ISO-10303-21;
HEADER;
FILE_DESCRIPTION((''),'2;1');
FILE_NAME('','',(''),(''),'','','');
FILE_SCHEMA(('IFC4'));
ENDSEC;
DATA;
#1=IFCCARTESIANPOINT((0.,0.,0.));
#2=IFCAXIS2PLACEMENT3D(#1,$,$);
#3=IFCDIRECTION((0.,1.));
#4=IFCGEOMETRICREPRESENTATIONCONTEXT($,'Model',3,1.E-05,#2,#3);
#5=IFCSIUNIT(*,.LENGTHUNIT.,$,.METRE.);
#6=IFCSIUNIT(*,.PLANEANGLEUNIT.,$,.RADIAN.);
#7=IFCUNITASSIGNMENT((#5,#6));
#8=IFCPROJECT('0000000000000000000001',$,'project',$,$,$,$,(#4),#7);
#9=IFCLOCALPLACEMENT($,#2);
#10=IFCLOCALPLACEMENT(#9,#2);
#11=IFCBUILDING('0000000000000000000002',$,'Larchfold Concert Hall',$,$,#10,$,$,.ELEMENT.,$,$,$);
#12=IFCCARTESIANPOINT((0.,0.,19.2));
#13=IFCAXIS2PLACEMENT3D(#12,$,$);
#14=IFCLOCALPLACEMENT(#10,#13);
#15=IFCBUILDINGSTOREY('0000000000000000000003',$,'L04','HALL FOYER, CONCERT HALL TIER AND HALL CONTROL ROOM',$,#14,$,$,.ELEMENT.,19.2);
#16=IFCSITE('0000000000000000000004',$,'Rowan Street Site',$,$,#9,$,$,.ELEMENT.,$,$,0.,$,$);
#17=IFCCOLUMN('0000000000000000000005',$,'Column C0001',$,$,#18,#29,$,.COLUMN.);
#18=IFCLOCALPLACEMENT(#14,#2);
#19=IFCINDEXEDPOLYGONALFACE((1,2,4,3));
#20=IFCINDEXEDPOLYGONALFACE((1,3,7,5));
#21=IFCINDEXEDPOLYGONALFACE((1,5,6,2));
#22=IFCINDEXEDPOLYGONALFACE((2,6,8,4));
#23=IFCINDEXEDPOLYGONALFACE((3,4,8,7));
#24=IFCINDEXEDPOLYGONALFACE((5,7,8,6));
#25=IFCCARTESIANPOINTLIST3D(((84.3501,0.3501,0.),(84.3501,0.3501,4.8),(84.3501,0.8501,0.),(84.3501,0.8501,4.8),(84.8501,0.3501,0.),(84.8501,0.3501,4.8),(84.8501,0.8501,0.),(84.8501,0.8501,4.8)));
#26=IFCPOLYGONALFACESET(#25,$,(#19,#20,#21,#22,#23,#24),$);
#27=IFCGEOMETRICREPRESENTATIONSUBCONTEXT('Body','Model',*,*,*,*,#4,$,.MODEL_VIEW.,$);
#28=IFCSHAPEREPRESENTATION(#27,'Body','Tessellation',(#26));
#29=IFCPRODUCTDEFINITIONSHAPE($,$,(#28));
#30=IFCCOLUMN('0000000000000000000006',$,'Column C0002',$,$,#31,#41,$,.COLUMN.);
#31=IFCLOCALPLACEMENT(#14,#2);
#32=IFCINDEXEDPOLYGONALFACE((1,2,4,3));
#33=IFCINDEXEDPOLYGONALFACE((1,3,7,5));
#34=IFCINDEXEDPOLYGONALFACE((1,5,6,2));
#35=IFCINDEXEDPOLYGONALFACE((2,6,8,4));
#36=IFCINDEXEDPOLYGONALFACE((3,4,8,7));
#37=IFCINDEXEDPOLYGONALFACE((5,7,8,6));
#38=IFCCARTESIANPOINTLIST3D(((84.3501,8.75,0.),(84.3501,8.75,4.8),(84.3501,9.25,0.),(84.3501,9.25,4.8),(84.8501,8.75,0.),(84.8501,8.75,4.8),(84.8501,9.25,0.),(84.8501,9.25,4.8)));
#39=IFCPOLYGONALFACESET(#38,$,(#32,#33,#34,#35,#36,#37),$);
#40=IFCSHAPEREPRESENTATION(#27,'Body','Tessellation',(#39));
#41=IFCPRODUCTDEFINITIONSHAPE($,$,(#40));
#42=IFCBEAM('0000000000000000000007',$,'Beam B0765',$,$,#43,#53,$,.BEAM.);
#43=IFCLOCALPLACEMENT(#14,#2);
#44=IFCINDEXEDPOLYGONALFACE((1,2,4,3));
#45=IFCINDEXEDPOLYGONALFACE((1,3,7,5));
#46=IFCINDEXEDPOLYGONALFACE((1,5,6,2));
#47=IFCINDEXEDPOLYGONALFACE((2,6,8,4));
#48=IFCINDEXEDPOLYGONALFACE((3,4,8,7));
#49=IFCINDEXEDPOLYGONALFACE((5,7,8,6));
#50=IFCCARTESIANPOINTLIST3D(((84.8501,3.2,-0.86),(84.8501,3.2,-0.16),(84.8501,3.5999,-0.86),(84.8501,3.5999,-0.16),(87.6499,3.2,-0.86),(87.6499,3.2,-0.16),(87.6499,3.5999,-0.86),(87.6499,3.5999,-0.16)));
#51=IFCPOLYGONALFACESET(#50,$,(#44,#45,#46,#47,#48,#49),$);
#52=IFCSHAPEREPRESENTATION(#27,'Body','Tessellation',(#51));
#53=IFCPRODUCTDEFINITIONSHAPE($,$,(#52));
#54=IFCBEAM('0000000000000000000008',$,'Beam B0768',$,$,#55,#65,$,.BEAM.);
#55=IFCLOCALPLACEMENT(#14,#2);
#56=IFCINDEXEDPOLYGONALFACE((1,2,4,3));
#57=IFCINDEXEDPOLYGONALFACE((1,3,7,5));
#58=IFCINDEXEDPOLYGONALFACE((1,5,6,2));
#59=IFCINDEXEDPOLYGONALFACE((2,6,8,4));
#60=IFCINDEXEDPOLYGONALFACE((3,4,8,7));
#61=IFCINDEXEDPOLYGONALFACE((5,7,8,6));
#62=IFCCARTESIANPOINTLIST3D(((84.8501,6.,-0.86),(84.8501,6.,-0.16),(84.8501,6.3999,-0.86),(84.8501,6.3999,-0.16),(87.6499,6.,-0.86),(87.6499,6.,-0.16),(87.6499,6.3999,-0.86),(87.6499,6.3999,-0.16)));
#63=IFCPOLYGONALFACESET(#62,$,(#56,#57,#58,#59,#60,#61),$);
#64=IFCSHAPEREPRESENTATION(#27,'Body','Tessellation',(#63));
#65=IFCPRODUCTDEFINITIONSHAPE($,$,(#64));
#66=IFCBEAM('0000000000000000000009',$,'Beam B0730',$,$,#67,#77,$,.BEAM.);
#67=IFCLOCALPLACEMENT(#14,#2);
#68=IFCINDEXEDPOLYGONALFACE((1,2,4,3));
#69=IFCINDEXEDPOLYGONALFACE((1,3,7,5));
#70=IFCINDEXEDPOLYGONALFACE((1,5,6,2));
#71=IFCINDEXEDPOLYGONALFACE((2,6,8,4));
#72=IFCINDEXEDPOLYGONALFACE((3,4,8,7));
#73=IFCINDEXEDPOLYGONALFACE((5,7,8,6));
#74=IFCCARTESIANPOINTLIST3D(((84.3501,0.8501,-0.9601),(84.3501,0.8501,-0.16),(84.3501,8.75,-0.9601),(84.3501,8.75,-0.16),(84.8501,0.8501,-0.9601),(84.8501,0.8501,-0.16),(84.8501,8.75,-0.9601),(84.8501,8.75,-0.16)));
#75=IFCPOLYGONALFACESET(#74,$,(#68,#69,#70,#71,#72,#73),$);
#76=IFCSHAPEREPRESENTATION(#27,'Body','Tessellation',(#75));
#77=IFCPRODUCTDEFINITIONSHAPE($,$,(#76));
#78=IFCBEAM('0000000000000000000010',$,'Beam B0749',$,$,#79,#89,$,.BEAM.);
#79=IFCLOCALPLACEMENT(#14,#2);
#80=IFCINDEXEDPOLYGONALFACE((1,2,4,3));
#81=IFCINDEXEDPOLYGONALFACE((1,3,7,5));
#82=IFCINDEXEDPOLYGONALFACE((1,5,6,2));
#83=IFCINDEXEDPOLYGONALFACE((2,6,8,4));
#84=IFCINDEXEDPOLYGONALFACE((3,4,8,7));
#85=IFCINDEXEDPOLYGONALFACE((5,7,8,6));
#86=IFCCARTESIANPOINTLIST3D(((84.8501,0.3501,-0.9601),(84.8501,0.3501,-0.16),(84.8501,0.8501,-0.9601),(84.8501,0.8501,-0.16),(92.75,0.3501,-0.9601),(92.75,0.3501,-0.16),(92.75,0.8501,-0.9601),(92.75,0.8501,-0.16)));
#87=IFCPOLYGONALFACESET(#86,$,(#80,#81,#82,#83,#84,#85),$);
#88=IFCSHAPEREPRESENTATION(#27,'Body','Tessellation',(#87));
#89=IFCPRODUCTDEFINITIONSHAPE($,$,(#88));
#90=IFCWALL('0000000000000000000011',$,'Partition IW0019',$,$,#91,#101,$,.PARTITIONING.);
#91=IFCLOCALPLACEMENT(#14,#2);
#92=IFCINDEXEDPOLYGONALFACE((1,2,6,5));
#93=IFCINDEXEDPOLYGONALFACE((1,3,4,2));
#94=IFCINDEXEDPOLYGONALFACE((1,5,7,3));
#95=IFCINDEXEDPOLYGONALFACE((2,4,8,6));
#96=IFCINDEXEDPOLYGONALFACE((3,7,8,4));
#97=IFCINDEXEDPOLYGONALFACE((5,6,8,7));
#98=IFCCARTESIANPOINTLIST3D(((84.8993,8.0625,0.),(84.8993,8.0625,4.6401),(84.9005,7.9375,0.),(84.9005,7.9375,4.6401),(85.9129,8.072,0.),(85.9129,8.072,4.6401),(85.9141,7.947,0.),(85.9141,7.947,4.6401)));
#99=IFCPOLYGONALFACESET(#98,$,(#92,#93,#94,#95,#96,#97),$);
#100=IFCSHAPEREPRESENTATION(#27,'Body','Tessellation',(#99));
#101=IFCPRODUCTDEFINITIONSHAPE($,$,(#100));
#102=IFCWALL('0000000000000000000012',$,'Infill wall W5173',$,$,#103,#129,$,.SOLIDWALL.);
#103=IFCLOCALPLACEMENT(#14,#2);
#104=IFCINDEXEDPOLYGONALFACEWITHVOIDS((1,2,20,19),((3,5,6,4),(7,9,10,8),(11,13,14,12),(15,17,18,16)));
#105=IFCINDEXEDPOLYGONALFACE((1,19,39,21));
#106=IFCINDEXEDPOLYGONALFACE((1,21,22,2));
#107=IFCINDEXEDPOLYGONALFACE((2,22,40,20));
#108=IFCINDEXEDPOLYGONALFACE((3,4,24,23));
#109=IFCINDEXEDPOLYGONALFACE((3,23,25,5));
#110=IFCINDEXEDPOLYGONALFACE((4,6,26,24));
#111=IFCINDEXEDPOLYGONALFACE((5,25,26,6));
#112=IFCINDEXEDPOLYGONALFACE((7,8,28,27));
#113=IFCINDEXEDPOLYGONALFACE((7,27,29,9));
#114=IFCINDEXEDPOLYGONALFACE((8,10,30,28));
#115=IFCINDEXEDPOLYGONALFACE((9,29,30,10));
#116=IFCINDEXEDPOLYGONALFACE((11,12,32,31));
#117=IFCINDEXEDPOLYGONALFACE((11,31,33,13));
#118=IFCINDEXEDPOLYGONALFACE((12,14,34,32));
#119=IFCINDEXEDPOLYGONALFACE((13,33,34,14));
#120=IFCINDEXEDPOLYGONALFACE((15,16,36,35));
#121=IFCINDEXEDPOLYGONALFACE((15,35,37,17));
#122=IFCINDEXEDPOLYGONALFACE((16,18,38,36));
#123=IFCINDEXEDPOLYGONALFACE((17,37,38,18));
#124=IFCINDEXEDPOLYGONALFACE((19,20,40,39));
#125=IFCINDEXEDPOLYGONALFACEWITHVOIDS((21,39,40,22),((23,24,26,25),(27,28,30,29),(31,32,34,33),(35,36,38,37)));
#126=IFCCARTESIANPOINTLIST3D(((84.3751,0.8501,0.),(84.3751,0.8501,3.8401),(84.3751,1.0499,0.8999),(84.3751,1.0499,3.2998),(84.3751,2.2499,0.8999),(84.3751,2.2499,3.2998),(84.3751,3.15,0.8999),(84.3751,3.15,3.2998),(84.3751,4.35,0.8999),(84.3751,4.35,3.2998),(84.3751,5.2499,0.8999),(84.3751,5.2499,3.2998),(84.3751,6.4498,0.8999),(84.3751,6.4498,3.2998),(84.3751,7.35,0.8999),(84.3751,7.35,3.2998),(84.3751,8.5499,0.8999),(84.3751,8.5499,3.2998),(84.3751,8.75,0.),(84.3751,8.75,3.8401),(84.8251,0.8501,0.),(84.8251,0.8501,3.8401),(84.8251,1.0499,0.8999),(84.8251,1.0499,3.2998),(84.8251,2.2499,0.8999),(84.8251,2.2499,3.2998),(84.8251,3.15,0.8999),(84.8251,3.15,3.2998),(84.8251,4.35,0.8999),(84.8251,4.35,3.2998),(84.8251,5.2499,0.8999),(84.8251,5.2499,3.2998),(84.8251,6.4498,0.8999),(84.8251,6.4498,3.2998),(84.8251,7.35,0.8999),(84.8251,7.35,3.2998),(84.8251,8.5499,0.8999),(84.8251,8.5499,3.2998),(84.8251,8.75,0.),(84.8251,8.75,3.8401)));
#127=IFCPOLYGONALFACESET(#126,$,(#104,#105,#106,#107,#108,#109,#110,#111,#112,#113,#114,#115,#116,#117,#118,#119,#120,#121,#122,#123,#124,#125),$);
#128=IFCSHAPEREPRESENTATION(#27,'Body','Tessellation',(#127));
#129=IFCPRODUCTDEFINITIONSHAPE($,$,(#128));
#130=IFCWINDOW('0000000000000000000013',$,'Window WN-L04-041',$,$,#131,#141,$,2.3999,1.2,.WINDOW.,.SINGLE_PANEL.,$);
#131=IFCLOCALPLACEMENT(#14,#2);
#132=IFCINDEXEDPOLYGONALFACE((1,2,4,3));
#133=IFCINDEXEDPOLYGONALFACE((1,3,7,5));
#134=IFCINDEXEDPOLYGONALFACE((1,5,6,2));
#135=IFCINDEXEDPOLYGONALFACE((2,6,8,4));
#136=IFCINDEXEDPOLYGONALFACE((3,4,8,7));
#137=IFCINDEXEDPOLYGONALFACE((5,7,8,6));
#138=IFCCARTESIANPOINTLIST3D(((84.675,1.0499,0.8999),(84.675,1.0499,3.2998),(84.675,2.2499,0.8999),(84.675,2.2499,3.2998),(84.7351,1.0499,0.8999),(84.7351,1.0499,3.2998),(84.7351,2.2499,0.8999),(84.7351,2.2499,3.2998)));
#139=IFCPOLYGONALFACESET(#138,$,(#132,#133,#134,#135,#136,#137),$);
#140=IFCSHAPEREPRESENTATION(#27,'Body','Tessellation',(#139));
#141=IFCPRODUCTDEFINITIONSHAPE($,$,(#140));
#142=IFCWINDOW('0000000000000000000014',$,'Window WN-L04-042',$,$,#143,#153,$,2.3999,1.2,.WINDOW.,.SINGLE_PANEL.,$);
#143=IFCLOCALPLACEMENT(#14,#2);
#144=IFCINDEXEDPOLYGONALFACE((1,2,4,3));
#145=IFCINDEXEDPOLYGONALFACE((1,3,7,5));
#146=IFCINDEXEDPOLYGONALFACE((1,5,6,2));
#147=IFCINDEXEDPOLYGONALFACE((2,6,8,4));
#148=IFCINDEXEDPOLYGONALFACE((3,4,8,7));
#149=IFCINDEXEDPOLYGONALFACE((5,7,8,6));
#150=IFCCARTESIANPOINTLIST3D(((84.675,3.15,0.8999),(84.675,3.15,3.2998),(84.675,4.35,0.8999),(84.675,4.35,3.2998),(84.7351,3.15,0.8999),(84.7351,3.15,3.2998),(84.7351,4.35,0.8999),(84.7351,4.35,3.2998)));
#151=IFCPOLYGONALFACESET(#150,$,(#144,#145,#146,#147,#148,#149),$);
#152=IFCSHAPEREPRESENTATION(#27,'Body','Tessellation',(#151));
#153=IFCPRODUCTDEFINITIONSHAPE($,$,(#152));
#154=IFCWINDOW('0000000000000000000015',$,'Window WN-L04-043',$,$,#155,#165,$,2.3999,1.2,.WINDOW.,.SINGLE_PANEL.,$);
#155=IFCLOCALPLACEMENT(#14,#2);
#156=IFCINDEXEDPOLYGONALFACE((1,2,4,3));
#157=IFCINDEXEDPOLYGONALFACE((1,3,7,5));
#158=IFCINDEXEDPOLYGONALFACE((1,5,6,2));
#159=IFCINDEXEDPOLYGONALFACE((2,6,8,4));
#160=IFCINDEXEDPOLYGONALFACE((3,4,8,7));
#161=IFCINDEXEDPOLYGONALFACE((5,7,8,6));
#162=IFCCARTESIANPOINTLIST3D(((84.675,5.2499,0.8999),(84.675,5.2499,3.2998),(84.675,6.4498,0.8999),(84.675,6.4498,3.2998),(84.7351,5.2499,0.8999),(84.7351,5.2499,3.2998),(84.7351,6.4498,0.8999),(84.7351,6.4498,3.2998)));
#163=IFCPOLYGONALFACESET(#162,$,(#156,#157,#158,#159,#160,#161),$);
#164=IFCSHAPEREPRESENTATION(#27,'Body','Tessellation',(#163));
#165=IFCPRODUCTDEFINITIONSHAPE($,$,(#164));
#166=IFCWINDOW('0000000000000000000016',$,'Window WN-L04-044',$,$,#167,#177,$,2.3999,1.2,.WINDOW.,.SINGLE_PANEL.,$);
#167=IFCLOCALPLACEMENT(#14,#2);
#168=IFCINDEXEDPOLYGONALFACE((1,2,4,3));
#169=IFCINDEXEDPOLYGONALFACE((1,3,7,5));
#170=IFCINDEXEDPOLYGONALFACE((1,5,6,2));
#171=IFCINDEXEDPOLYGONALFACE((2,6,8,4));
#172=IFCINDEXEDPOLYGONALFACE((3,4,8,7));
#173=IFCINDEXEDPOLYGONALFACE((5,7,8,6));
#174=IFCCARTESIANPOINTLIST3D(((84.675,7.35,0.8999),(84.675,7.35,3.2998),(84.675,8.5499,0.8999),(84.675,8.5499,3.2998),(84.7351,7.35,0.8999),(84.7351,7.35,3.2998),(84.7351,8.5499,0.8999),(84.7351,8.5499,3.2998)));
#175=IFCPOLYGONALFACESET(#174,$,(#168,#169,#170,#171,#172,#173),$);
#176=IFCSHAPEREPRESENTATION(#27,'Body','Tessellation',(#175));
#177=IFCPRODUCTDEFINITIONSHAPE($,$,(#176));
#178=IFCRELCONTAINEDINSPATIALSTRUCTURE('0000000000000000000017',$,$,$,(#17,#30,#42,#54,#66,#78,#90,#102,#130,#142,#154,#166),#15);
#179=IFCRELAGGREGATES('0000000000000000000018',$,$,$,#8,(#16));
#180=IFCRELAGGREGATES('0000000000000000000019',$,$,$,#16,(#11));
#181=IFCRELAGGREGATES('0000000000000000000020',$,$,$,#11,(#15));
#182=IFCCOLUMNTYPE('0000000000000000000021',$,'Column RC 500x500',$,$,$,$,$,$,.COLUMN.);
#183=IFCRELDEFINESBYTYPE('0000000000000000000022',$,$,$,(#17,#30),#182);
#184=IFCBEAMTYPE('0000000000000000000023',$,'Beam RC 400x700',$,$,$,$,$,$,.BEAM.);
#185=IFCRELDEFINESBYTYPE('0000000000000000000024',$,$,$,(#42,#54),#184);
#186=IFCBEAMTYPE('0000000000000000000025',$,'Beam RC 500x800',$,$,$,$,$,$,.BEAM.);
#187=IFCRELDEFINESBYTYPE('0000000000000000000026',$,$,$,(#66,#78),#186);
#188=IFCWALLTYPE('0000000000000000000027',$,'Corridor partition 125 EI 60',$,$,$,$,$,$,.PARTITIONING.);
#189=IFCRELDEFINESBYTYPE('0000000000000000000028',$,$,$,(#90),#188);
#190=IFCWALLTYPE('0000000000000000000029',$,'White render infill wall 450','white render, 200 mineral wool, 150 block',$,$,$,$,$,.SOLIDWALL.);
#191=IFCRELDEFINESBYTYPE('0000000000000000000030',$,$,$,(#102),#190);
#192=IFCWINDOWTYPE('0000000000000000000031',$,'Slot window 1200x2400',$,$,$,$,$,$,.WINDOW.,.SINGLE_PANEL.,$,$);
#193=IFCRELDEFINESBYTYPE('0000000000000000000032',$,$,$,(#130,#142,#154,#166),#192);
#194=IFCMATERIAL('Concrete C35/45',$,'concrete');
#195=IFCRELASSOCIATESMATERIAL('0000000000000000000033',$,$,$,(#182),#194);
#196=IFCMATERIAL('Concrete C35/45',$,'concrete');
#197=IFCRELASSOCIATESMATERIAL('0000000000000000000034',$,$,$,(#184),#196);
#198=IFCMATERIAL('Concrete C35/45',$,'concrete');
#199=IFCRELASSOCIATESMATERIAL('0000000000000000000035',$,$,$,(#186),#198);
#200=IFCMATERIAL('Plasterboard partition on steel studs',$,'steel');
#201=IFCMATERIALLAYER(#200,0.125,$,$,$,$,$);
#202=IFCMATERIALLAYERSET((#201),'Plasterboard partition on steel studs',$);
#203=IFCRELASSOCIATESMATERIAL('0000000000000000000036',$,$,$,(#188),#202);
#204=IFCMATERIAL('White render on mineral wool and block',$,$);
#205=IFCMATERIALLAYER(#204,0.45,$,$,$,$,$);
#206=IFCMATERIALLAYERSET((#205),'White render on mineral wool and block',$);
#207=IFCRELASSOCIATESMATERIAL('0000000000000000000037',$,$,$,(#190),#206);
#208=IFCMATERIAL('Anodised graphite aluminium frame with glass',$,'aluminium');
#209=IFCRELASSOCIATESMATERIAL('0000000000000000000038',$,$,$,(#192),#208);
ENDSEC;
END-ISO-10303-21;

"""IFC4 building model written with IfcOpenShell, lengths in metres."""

from ifc_helpers import new_model, si_unit, direction, frame, frame_2d, origin, origin_2d, place, context, subcontext, project, spatial, rectangle, extrude, material, layer, layer_set, material_profile, profile_set, type_object, element, fill, save


model = new_model("IFC4")

# Units and contexts
model_context = context("Model", 3, precision=1e-05, world=origin(), true_north=direction((0.0, 1.0)))
body_context = subcontext(model_context, "Body", "Model", "MODEL_VIEW")
ifc_project = project(units=[si_unit("LENGTHUNIT", "METRE"), si_unit("PLANEANGLEUNIT", "RADIAN")], contexts=[model_context])

# Site, building, storey
site_placement = place(None, origin())
site = spatial("IfcSite", under=ifc_project, at=site_placement, Name="Rowan Street Site", CompositionType="ELEMENT", RefElevation=0.0)
building_placement = place(site_placement, origin())
building = spatial("IfcBuilding", under=site, at=building_placement, Name="Larchfold Concert Hall", CompositionType="ELEMENT")
storey_placement = place(building_placement, frame((0.0, 0.0, 19.2)))
storey = spatial("IfcBuildingStorey", under=building, at=storey_placement, Name="L04", Description="HALL FOYER, CONCERT HALL TIER AND HALL CONTROL ROOM", CompositionType="ELEMENT", Elevation=19.2)

# Columns
ifc_material_1 = material(Name="Concrete C35/45", Category="concrete")
ifc_material_profile_1 = material_profile(ifc_material_1, rectangle(XDim=0.5, YDim=0.5, at=origin_2d()))
ifc_profile_set_1 = profile_set([ifc_material_profile_1], Name="Concrete C35/45")
column_type = type_object("IfcColumnType", Name="Column RC 500x500", PredefinedType="COLUMN", material=ifc_profile_set_1)
for number, where, z_axis, x_axis, name in (
    (1, (84.6001, 0.6001, 0.0), (0.0, 0.0, 1.0), (1.0, 0.0, 0.0), "Column C0001"),
    (2, (84.6001, 9.0, 0.0), (0.0, 0.0, 1.0), (1.0, 0.0, 0.0), "Column C0002"),
):
    element("IfcColumn", number, at=place(storey_placement, frame(where, z_axis=z_axis, x_axis=x_axis)), inside=storey, type_object=column_type, Name=name, PredefinedType="COLUMN", context=body_context, shape_type="SweptSolid", body=[
        extrude(rectangle(XDim=0.5, YDim=0.5, at=origin_2d()), origin(), (0.0, 0.0, 1.0), 4.8),
    ])

# Beams
ifc_material_2 = material(Name="Concrete C35/45", Category="concrete")
ifc_material_profile_2 = material_profile(ifc_material_2, rectangle(XDim=0.3999, YDim=0.7, at=origin_2d()))
ifc_profile_set_2 = profile_set([ifc_material_profile_2], Name="Concrete C35/45")
beam_type_1 = type_object("IfcBeamType", Name="Beam RC 400x700", PredefinedType="BEAM", material=ifc_profile_set_2)
for number, where, z_axis, x_axis, name in (
    (3, (84.8501, 3.3999, -0.51), (1.0, 0.0, 0.0), (0.0, 1.0, 0.0), "Beam B0765"),
    (4, (84.8501, 6.2, -0.51), (1.0, 0.0, 0.0), (0.0, 1.0, 0.0), "Beam B0768"),
):
    element("IfcBeam", number, at=place(storey_placement, frame(where, z_axis=z_axis, x_axis=x_axis)), inside=storey, type_object=beam_type_1, Name=name, PredefinedType="BEAM", context=body_context, shape_type="SweptSolid", body=[
        extrude(rectangle(XDim=0.3999, YDim=0.7, at=origin_2d()), origin(), (0.0, 0.0, 1.0), 2.7998),
    ])
ifc_material_3 = material(Name="Concrete C35/45", Category="concrete")
ifc_material_profile_3 = material_profile(ifc_material_3, rectangle(XDim=0.5, YDim=0.8, at=origin_2d()))
ifc_profile_set_3 = profile_set([ifc_material_profile_3], Name="Concrete C35/45")
beam_type_2 = type_object("IfcBeamType", Name="Beam RC 500x800", PredefinedType="BEAM", material=ifc_profile_set_3)
for number, where, z_axis, x_axis, name in (
    (5, (84.6001, 0.8501, -0.5601), (0.0, 1.0, 0.0), (-1.0, 0.0, 0.0), "Beam B0730"),
    (6, (84.8501, 0.6001, -0.5601), (1.0, 0.0, 0.0), (0.0, 1.0, 0.0), "Beam B0749"),
):
    element("IfcBeam", number, at=place(storey_placement, frame(where, z_axis=z_axis, x_axis=x_axis)), inside=storey, type_object=beam_type_2, Name=name, PredefinedType="BEAM", context=body_context, shape_type="SweptSolid", body=[
        extrude(rectangle(XDim=0.5, YDim=0.8, at=origin_2d()), origin(), (0.0, 0.0, 1.0), 7.8999),
    ])

# Wall
ifc_material_4 = material(Name="Plasterboard partition on steel studs", Category="steel")
ifc_layer_1 = layer(ifc_material_4, 0.125)
ifc_layer_set_1 = layer_set([ifc_layer_1], Name="Plasterboard partition on steel studs")
wall_type_1 = type_object("IfcWallType", Name="Corridor partition 125 EI 60", PredefinedType="PARTITIONING", material=ifc_layer_set_1)
wall_1_placement = place(storey_placement, frame((84.8999, 8.0, 0.0), z_axis=(0.0, 0.0, 1.0), x_axis=(0.999956, 0.009393, 0.0)))
element("IfcWall", 7, at=wall_1_placement, inside=storey, type_object=wall_type_1, Name="Partition IW0019", PredefinedType="PARTITIONING", context=body_context, shape_type="SweptSolid", body=[
    extrude(rectangle(XDim=1.0137, YDim=0.125, at=frame_2d((0.5068, 0.0))), origin(), (0.0, 0.0, 1.0), 4.6401),
])

# Wall, openings, windows
ifc_material_5 = material(Name="White render on mineral wool and block")
ifc_layer_2 = layer(ifc_material_5, 0.45)
ifc_layer_set_2 = layer_set([ifc_layer_2], Name="White render on mineral wool and block")
wall_type_2 = type_object("IfcWallType", Name="White render infill wall 450", Description="white render, 200 mineral wool, 150 block", PredefinedType="SOLIDWALL", material=ifc_layer_set_2)
wall_2_placement = place(storey_placement, frame((84.6001, 8.75, 0.0), z_axis=(0.0, 0.0, 1.0), x_axis=(0.0, -1.0, 0.0)))
wall_2 = element("IfcWall", 8, at=wall_2_placement, inside=storey, type_object=wall_type_2, Name="Infill wall W5173", PredefinedType="SOLIDWALL", context=body_context, shape_type="SweptSolid", body=[
    extrude(rectangle(XDim=7.8999, YDim=0.45, at=frame_2d((3.95, 0.0))), origin(), (0.0, 0.0, 1.0), 3.8401),
])
opening_1_placement = place(wall_2_placement, frame((6.5, 0.0, 0.8999)))
opening_1 = element("IfcOpeningElement", 9, at=opening_1_placement, cuts=wall_2, PredefinedType="OPENING", context=body_context, shape_type="SweptSolid", body=[
    extrude(rectangle(XDim=1.2, YDim=2.3999, at=frame_2d((0.6001, 1.2))), frame((0.0, 0.2349, 0.0), z_axis=(0.0, -1.0, 0.0), x_axis=(1.0, 0.0, 0.0)), (0.0, 0.0, 1.0), 0.47),
])
opening_2_placement = place(wall_2_placement, frame((4.3999, 0.0, 0.8999)))
opening_2 = element("IfcOpeningElement", 10, at=opening_2_placement, cuts=wall_2, PredefinedType="OPENING", context=body_context, shape_type="SweptSolid", body=[
    extrude(rectangle(XDim=1.2, YDim=2.3999, at=frame_2d((0.6001, 1.2))), frame((0.0, 0.2349, 0.0), z_axis=(0.0, -1.0, 0.0), x_axis=(1.0, 0.0, 0.0)), (0.0, 0.0, 1.0), 0.47),
])
opening_3_placement = place(wall_2_placement, frame((2.3, 0.0, 0.8999)))
opening_3 = element("IfcOpeningElement", 11, at=opening_3_placement, cuts=wall_2, PredefinedType="OPENING", context=body_context, shape_type="SweptSolid", body=[
    extrude(rectangle(XDim=1.2, YDim=2.3999, at=frame_2d((0.6001, 1.2))), frame((0.0, 0.2349, 0.0), z_axis=(0.0, -1.0, 0.0), x_axis=(1.0, 0.0, 0.0)), (0.0, 0.0, 1.0), 0.47),
])
opening_4_placement = place(wall_2_placement, frame((0.2, 0.0, 0.8999)))
opening_4 = element("IfcOpeningElement", 12, at=opening_4_placement, cuts=wall_2, PredefinedType="OPENING", context=body_context, shape_type="SweptSolid", body=[
    extrude(rectangle(XDim=1.2, YDim=2.3999, at=frame_2d((0.6001, 1.2))), frame((0.0, 0.2349, 0.0), z_axis=(0.0, -1.0, 0.0), x_axis=(1.0, 0.0, 0.0)), (0.0, 0.0, 1.0), 0.47),
])
ifc_material_6 = material(Name="Anodised graphite aluminium frame with glass", Category="aluminium")
window_type = type_object("IfcWindowType", Name="Slot window 1200x2400", PartitioningType="SINGLE_PANEL", PredefinedType="WINDOW", material=ifc_material_6)
window_1_placement = place(opening_1_placement, origin())
window_1 = element("IfcWindow", 13, at=window_1_placement, inside=storey, type_object=window_type, Name="Window WN-L04-041", OverallHeight=2.3999, OverallWidth=1.2, PartitioningType="SINGLE_PANEL", PredefinedType="WINDOW", context=body_context, shape_type="SweptSolid", body=[
    extrude(rectangle(XDim=1.2, YDim=2.3999, at=frame_2d((0.6001, 1.2))), frame((0.0, 0.135, 0.0), z_axis=(0.0, -1.0, 0.0), x_axis=(1.0, 0.0, 0.0)), (0.0, 0.0, 1.0), 0.0601),
])
fill(opening_1, window_1)
window_2_placement = place(opening_2_placement, origin())
window_2 = element("IfcWindow", 14, at=window_2_placement, inside=storey, type_object=window_type, Name="Window WN-L04-042", OverallHeight=2.3999, OverallWidth=1.2, PartitioningType="SINGLE_PANEL", PredefinedType="WINDOW", context=body_context, shape_type="SweptSolid", body=[
    extrude(rectangle(XDim=1.2, YDim=2.3999, at=frame_2d((0.6001, 1.2))), frame((0.0, 0.135, 0.0), z_axis=(0.0, -1.0, 0.0), x_axis=(1.0, 0.0, 0.0)), (0.0, 0.0, 1.0), 0.0601),
])
fill(opening_2, window_2)
window_3_placement = place(opening_3_placement, origin())
window_3 = element("IfcWindow", 15, at=window_3_placement, inside=storey, type_object=window_type, Name="Window WN-L04-043", OverallHeight=2.3999, OverallWidth=1.2, PartitioningType="SINGLE_PANEL", PredefinedType="WINDOW", context=body_context, shape_type="SweptSolid", body=[
    extrude(rectangle(XDim=1.2, YDim=2.3999, at=frame_2d((0.6001, 1.2))), frame((0.0, 0.135, 0.0), z_axis=(0.0, -1.0, 0.0), x_axis=(1.0, 0.0, 0.0)), (0.0, 0.0, 1.0), 0.0601),
])
fill(opening_3, window_3)
window_4_placement = place(opening_4_placement, origin())
window_4 = element("IfcWindow", 16, at=window_4_placement, inside=storey, type_object=window_type, Name="Window WN-L04-044", OverallHeight=2.3999, OverallWidth=1.2, PartitioningType="SINGLE_PANEL", PredefinedType="WINDOW", context=body_context, shape_type="SweptSolid", body=[
    extrude(rectangle(XDim=1.2, YDim=2.3999, at=frame_2d((0.6001, 1.2))), frame((0.0, 0.135, 0.0), z_axis=(0.0, -1.0, 0.0), x_axis=(1.0, 0.0, 0.0)), (0.0, 0.0, 1.0), 0.0601),
])
fill(opening_4, window_4)

save(model, "model.ifc")
